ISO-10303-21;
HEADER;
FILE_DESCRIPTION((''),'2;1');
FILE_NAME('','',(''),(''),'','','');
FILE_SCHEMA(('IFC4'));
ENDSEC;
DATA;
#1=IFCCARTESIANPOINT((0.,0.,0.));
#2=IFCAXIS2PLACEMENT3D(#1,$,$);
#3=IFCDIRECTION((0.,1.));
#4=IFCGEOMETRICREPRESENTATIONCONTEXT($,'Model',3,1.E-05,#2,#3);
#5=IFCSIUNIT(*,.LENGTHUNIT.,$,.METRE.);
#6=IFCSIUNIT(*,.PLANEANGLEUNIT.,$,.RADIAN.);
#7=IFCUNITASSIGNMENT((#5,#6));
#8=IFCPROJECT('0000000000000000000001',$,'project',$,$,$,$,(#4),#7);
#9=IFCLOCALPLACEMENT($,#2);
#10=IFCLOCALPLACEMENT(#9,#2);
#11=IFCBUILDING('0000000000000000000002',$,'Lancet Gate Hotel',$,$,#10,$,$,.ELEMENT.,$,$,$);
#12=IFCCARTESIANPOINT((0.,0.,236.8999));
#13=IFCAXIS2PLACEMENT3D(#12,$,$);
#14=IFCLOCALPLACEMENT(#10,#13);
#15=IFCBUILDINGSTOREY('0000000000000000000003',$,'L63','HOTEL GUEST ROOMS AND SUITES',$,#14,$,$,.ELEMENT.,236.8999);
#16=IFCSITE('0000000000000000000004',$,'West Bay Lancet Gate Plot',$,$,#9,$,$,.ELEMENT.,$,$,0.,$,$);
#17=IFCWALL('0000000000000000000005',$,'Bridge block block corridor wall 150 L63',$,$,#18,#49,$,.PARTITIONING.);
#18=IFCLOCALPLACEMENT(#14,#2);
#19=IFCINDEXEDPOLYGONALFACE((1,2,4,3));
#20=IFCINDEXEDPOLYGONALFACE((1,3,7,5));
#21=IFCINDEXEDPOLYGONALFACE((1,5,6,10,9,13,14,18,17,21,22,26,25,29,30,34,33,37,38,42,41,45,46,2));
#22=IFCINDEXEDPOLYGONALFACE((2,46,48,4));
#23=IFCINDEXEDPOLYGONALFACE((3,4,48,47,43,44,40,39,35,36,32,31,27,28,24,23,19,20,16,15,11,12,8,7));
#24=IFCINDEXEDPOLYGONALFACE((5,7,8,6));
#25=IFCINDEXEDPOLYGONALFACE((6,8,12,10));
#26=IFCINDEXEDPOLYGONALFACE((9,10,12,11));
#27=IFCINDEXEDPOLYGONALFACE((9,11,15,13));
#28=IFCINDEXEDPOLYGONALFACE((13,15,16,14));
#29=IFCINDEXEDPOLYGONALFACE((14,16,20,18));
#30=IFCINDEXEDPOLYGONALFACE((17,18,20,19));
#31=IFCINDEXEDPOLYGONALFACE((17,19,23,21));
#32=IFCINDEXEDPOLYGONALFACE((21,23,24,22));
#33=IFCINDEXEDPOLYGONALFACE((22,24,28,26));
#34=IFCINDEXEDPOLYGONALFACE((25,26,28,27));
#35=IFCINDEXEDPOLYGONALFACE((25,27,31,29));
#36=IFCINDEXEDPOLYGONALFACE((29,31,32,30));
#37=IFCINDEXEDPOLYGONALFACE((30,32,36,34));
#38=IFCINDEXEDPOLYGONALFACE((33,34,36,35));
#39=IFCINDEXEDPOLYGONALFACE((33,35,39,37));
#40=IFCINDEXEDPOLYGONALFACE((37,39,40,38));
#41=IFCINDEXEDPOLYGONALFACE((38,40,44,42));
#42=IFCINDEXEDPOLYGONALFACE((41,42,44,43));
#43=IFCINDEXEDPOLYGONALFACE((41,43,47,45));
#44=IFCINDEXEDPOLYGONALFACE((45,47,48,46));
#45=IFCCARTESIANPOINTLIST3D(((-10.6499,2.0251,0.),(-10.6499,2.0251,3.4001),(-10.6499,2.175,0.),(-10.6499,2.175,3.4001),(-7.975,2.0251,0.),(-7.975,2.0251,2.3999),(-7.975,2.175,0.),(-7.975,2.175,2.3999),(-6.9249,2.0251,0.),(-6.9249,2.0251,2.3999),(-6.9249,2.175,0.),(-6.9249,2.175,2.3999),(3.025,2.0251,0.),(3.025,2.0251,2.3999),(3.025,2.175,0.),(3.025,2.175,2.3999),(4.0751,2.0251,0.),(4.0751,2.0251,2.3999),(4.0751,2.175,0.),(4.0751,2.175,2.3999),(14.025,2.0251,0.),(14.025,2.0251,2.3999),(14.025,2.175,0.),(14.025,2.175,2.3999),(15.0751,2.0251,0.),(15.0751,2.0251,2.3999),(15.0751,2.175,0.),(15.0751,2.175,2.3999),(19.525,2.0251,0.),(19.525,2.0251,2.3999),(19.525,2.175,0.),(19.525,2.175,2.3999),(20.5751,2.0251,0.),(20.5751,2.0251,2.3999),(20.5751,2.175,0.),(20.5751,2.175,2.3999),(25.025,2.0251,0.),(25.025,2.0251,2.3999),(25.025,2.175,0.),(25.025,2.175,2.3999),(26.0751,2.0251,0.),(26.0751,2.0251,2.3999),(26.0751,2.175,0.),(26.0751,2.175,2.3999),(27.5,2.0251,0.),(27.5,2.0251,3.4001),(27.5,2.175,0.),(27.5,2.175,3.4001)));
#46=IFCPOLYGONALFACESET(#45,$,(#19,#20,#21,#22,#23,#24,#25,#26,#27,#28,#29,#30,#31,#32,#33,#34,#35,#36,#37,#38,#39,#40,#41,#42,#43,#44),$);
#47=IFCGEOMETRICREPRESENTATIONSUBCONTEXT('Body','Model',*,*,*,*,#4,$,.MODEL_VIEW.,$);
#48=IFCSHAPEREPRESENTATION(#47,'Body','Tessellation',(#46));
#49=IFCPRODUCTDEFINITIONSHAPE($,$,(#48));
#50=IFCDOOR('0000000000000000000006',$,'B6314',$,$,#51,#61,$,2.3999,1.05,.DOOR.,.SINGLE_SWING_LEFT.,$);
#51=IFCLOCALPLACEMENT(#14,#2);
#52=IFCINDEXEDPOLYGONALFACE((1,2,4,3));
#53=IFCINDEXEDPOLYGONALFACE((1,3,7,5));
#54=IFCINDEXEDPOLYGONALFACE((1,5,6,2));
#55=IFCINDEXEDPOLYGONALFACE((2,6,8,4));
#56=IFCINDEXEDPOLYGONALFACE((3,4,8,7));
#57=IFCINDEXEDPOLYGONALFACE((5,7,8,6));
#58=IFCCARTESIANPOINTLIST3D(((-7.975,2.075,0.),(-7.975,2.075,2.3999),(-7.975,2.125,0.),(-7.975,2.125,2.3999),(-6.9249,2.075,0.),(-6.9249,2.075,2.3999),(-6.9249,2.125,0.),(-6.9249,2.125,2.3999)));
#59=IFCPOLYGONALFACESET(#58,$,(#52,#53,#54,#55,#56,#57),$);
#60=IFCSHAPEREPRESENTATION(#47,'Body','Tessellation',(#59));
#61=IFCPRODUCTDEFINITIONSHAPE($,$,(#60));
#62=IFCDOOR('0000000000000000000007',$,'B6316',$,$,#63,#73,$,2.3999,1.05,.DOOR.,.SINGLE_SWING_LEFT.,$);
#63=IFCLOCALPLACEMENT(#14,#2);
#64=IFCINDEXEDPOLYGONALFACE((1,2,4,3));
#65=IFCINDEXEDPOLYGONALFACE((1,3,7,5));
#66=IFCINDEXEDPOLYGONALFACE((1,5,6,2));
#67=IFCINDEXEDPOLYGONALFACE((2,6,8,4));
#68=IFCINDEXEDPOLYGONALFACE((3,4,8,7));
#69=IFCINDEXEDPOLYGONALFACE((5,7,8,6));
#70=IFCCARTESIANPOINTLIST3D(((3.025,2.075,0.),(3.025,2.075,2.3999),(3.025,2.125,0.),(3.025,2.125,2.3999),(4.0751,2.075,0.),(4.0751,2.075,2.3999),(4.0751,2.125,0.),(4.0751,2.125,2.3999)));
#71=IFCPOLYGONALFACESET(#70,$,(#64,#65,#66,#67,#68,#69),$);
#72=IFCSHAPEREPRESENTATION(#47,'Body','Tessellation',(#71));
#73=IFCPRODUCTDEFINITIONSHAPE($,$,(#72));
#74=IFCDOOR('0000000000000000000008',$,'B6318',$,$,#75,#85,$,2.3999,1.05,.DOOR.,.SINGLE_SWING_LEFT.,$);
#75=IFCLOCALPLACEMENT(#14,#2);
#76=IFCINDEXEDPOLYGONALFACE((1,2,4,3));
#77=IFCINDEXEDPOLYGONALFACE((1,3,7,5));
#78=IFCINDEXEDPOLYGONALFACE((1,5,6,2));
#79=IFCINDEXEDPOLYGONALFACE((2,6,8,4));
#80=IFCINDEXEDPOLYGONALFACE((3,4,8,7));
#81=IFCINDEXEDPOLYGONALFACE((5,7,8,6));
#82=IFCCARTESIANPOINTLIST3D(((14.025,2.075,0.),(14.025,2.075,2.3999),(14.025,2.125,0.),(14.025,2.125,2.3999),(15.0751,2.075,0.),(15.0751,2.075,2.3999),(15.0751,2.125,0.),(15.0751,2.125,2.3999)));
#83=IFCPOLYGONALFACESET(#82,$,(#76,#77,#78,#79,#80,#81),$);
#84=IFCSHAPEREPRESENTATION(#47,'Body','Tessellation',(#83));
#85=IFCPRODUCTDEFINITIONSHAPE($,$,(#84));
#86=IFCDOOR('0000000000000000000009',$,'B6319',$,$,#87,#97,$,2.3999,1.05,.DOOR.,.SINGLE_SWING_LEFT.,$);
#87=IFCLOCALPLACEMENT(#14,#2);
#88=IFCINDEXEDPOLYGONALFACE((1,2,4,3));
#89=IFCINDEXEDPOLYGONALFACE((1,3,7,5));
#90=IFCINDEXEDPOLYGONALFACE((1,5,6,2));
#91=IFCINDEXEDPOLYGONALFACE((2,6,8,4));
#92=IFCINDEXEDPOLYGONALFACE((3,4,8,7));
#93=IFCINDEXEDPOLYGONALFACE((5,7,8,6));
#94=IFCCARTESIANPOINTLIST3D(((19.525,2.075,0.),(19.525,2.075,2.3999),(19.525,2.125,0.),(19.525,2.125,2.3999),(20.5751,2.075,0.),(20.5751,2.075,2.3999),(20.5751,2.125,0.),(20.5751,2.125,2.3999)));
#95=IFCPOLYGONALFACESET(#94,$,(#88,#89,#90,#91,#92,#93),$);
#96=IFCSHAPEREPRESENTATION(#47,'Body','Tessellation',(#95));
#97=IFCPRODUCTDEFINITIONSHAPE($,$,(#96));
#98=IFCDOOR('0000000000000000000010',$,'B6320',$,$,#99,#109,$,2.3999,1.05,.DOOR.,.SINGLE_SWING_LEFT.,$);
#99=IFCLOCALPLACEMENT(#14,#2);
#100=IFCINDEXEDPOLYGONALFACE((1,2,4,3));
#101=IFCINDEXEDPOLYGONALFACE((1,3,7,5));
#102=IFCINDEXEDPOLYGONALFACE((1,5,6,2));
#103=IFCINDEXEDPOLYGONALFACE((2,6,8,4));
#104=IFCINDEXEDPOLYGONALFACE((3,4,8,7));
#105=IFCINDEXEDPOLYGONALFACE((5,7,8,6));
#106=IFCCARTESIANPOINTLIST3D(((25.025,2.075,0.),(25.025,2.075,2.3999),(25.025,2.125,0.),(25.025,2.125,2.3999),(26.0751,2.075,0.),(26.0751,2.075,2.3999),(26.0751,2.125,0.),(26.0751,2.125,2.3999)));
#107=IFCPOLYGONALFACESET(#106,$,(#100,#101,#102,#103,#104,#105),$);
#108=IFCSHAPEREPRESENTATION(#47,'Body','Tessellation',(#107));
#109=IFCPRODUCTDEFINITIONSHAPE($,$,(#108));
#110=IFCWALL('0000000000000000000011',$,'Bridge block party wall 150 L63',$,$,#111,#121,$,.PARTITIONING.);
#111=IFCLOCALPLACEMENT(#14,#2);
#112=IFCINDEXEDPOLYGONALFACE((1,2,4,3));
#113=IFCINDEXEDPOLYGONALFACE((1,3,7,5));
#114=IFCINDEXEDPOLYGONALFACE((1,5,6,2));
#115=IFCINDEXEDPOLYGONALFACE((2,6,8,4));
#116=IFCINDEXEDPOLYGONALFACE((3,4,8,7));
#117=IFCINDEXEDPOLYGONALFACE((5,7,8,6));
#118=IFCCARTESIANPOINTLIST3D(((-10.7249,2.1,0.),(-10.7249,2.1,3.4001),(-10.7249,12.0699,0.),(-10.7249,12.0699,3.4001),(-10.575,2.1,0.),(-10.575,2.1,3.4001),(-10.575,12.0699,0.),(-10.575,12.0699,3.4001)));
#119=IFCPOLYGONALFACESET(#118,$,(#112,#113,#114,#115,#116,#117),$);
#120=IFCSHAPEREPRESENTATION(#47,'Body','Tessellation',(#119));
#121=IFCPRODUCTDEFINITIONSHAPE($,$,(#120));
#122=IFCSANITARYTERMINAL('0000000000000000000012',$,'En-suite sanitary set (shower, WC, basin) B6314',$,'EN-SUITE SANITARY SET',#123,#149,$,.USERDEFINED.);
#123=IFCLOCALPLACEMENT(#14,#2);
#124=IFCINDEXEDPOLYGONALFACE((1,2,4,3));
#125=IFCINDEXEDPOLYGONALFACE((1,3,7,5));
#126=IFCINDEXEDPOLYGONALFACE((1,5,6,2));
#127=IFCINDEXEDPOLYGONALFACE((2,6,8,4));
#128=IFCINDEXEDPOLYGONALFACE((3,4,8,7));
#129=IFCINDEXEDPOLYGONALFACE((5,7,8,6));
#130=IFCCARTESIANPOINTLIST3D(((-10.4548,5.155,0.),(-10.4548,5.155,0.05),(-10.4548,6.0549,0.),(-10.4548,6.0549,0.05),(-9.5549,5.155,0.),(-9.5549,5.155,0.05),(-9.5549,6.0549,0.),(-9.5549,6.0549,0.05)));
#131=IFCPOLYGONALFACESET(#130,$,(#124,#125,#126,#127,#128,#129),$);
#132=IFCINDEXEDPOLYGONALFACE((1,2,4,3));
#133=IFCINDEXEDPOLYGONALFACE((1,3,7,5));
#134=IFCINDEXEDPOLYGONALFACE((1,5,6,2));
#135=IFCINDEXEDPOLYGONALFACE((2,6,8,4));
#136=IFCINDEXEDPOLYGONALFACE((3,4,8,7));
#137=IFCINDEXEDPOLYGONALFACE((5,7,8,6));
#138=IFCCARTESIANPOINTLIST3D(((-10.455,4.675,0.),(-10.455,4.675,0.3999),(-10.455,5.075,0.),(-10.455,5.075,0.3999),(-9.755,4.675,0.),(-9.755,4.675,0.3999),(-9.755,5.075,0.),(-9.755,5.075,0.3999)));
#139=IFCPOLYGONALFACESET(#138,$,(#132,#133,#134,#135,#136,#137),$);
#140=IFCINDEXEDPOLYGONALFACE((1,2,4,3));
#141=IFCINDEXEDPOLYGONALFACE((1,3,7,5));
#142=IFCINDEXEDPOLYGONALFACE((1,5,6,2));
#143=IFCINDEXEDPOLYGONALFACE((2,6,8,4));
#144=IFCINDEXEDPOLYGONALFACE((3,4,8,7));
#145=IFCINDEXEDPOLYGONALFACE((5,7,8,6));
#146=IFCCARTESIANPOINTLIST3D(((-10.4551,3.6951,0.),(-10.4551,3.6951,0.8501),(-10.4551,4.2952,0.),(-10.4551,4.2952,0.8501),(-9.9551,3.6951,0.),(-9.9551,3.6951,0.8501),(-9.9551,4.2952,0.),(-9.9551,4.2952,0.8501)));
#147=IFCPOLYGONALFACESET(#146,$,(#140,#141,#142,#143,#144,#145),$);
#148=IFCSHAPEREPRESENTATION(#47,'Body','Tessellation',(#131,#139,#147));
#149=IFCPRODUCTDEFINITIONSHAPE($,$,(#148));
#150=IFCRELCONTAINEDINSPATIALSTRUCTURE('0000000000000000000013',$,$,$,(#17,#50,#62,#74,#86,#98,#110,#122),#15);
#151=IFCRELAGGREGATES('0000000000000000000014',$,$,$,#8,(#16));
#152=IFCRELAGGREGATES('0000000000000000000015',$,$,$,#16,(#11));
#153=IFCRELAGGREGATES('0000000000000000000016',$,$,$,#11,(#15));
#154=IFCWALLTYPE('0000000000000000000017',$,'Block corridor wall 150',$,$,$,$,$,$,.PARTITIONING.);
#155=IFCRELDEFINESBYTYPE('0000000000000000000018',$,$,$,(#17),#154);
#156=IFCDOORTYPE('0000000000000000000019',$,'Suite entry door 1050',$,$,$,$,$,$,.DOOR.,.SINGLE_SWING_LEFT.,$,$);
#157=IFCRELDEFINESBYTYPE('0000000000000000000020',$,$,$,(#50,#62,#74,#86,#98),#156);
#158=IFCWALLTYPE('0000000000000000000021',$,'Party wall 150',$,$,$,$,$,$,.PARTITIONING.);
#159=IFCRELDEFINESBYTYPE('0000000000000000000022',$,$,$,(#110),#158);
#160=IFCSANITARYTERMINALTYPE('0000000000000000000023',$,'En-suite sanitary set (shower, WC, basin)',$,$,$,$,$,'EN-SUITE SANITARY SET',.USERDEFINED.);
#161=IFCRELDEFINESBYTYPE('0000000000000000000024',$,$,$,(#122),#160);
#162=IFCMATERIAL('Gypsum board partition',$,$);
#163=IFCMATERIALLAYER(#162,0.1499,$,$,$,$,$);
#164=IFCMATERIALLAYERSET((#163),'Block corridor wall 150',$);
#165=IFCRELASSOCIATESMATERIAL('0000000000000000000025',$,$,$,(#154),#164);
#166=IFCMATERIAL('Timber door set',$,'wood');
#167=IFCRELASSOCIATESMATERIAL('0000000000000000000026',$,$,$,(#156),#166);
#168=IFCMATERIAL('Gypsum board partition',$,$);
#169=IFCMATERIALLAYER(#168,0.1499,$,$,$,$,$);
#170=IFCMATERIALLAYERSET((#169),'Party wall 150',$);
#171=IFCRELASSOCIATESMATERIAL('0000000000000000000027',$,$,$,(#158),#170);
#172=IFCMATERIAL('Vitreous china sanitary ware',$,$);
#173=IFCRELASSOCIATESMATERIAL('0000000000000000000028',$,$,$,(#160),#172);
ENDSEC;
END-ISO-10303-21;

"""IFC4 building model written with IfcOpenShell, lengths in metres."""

from ifc_helpers import new_model, si_unit, direction, frame, frame_2d, origin, origin_2d, place, context, subcontext, project, spatial, rectangle, extrude, material, layer, layer_set, type_object, element, fill, save


model = new_model("IFC4")

# Units and contexts
model_context = context("Model", 3, precision=1e-05, world=origin(), true_north=direction((0.0, 1.0)))
body_context = subcontext(model_context, "Body", "Model", "MODEL_VIEW")
ifc_project = project(units=[si_unit("LENGTHUNIT", "METRE"), si_unit("PLANEANGLEUNIT", "RADIAN")], contexts=[model_context])

# Site, building, storey
site_placement = place(None, origin())
site = spatial("IfcSite", under=ifc_project, at=site_placement, Name="West Bay Lancet Gate Plot", CompositionType="ELEMENT", RefElevation=0.0)
building_placement = place(site_placement, origin())
building = spatial("IfcBuilding", under=site, at=building_placement, Name="Lancet Gate Hotel", CompositionType="ELEMENT")
storey_placement = place(building_placement, frame((0.0, 0.0, 236.8999)))
storey = spatial("IfcBuildingStorey", under=building, at=storey_placement, Name="L63", Description="HOTEL GUEST ROOMS AND SUITES", CompositionType="ELEMENT", Elevation=236.8999)

# Wall, openings, doors
ifc_material_1 = material(Name="Gypsum board partition")
ifc_layer_1 = layer(ifc_material_1, 0.1499)
ifc_layer_set_1 = layer_set([ifc_layer_1], Name="Block corridor wall 150")
wall_type_1 = type_object("IfcWallType", Name="Block corridor wall 150", PredefinedType="PARTITIONING", material=ifc_layer_set_1)
wall_1_placement = place(storey_placement, frame((-10.6499, 2.1001, 0.0), z_axis=(0.0, 0.0, 1.0), x_axis=(1.0, 0.0, 0.0)))
wall_1 = element("IfcWall", 1, at=wall_1_placement, inside=storey, type_object=wall_type_1, Name="Bridge block block corridor wall 150 L63", PredefinedType="PARTITIONING", context=body_context, shape_type="SweptSolid", body=[
    extrude(rectangle(XDim=38.1499, YDim=0.1499, at=frame_2d((19.075, 0.0))), origin(), (0.0, 0.0, 1.0), 3.4001),
])
opening_1_placement = place(wall_1_placement, frame((2.675, 0.0, 0.0)))
opening_1 = element("IfcOpeningElement", 2, at=opening_1_placement, cuts=wall_1, PredefinedType="OPENING", context=body_context, shape_type="SweptSolid", body=[
    extrude(rectangle(XDim=1.05, YDim=2.3999, at=frame_2d((0.5249, 1.2))), frame((0.0, 0.085, 0.0), z_axis=(0.0, -1.0, 0.0), x_axis=(1.0, 0.0, 0.0)), (0.0, 0.0, 1.0), 0.1699),
])
opening_2_placement = place(wall_1_placement, frame((13.675, 0.0, 0.0)))
opening_2 = element("IfcOpeningElement", 3, at=opening_2_placement, cuts=wall_1, PredefinedType="OPENING", context=body_context, shape_type="SweptSolid", body=[
    extrude(rectangle(XDim=1.05, YDim=2.3999, at=frame_2d((0.5249, 1.2))), frame((0.0, 0.085, 0.0), z_axis=(0.0, -1.0, 0.0), x_axis=(1.0, 0.0, 0.0)), (0.0, 0.0, 1.0), 0.1699),
])
opening_3_placement = place(wall_1_placement, frame((24.675, 0.0, 0.0)))
opening_3 = element("IfcOpeningElement", 4, at=opening_3_placement, cuts=wall_1, PredefinedType="OPENING", context=body_context, shape_type="SweptSolid", body=[
    extrude(rectangle(XDim=1.05, YDim=2.3999, at=frame_2d((0.5249, 1.2))), frame((0.0, 0.085, 0.0), z_axis=(0.0, -1.0, 0.0), x_axis=(1.0, 0.0, 0.0)), (0.0, 0.0, 1.0), 0.1699),
])
opening_4_placement = place(wall_1_placement, frame((30.175, 0.0, 0.0)))
opening_4 = element("IfcOpeningElement", 5, at=opening_4_placement, cuts=wall_1, PredefinedType="OPENING", context=body_context, shape_type="SweptSolid", body=[
    extrude(rectangle(XDim=1.05, YDim=2.3999, at=frame_2d((0.5249, 1.2))), frame((0.0, 0.085, 0.0), z_axis=(0.0, -1.0, 0.0), x_axis=(1.0, 0.0, 0.0)), (0.0, 0.0, 1.0), 0.1699),
])
opening_5_placement = place(wall_1_placement, frame((35.675, 0.0, 0.0)))
opening_5 = element("IfcOpeningElement", 6, at=opening_5_placement, cuts=wall_1, PredefinedType="OPENING", context=body_context, shape_type="SweptSolid", body=[
    extrude(rectangle(XDim=1.05, YDim=2.3999, at=frame_2d((0.5249, 1.2))), frame((0.0, 0.085, 0.0), z_axis=(0.0, -1.0, 0.0), x_axis=(1.0, 0.0, 0.0)), (0.0, 0.0, 1.0), 0.1699),
])
ifc_material_2 = material(Name="Timber door set", Category="wood")
door_type = type_object("IfcDoorType", Name="Suite entry door 1050", OperationType="SINGLE_SWING_LEFT", PredefinedType="DOOR", material=ifc_material_2)
door_1_placement = place(opening_1_placement, origin())
door_1 = element("IfcDoor", 7, at=door_1_placement, inside=storey, type_object=door_type, Name="B6314", OperationType="SINGLE_SWING_LEFT", OverallHeight=2.3999, OverallWidth=1.05, PredefinedType="DOOR", context=body_context, shape_type="SweptSolid", body=[
    extrude(rectangle(XDim=1.05, YDim=2.3999, at=frame_2d((0.5249, 1.2))), frame((0.0, 0.0249, 0.0), z_axis=(0.0, -1.0, 0.0), x_axis=(1.0, 0.0, 0.0)), (0.0, 0.0, 1.0), 0.05),
])
fill(opening_1, door_1)
door_2_placement = place(opening_2_placement, origin())
door_2 = element("IfcDoor", 8, at=door_2_placement, inside=storey, type_object=door_type, Name="B6316", OperationType="SINGLE_SWING_LEFT", OverallHeight=2.3999, OverallWidth=1.05, PredefinedType="DOOR", context=body_context, shape_type="SweptSolid", body=[
    extrude(rectangle(XDim=1.05, YDim=2.3999, at=frame_2d((0.5249, 1.2))), frame((0.0, 0.0249, 0.0), z_axis=(0.0, -1.0, 0.0), x_axis=(1.0, 0.0, 0.0)), (0.0, 0.0, 1.0), 0.05),
])
fill(opening_2, door_2)
door_3_placement = place(opening_3_placement, origin())
door_3 = element("IfcDoor", 9, at=door_3_placement, inside=storey, type_object=door_type, Name="B6318", OperationType="SINGLE_SWING_LEFT", OverallHeight=2.3999, OverallWidth=1.05, PredefinedType="DOOR", context=body_context, shape_type="SweptSolid", body=[
    extrude(rectangle(XDim=1.05, YDim=2.3999, at=frame_2d((0.5249, 1.2))), frame((0.0, 0.0249, 0.0), z_axis=(0.0, -1.0, 0.0), x_axis=(1.0, 0.0, 0.0)), (0.0, 0.0, 1.0), 0.05),
])
fill(opening_3, door_3)
door_4_placement = place(opening_4_placement, origin())
door_4 = element("IfcDoor", 10, at=door_4_placement, inside=storey, type_object=door_type, Name="B6319", OperationType="SINGLE_SWING_LEFT", OverallHeight=2.3999, OverallWidth=1.05, PredefinedType="DOOR", context=body_context, shape_type="SweptSolid", body=[
    extrude(rectangle(XDim=1.05, YDim=2.3999, at=frame_2d((0.5249, 1.2))), frame((0.0, 0.0249, 0.0), z_axis=(0.0, -1.0, 0.0), x_axis=(1.0, 0.0, 0.0)), (0.0, 0.0, 1.0), 0.05),
])
fill(opening_4, door_4)
door_5_placement = place(opening_5_placement, origin())
door_5 = element("IfcDoor", 11, at=door_5_placement, inside=storey, type_object=door_type, Name="B6320", OperationType="SINGLE_SWING_LEFT", OverallHeight=2.3999, OverallWidth=1.05, PredefinedType="DOOR", context=body_context, shape_type="SweptSolid", body=[
    extrude(rectangle(XDim=1.05, YDim=2.3999, at=frame_2d((0.5249, 1.2))), frame((0.0, 0.0249, 0.0), z_axis=(0.0, -1.0, 0.0), x_axis=(1.0, 0.0, 0.0)), (0.0, 0.0, 1.0), 0.05),
])
fill(opening_5, door_5)

# Wall
ifc_material_3 = material(Name="Gypsum board partition")
ifc_layer_2 = layer(ifc_material_3, 0.1499)
ifc_layer_set_2 = layer_set([ifc_layer_2], Name="Party wall 150")
wall_type_2 = type_object("IfcWallType", Name="Party wall 150", PredefinedType="PARTITIONING", material=ifc_layer_set_2)
wall_2_placement = place(storey_placement, frame((-10.6499, 2.1001, 0.0), z_axis=(0.0, 0.0, 1.0), x_axis=(0.0, 1.0, 0.0)))
element("IfcWall", 12, at=wall_2_placement, inside=storey, type_object=wall_type_2, Name="Bridge block party wall 150 L63", PredefinedType="PARTITIONING", context=body_context, shape_type="SweptSolid", body=[
    extrude(rectangle(XDim=9.97, YDim=0.1499, at=frame_2d((4.9849, 0.0))), origin(), (0.0, 0.0, 1.0), 3.4001),
])

# Sanitary terminal
ifc_material_4 = material(Name="Vitreous china sanitary ware")
sanitary_terminal_type = type_object("IfcSanitaryTerminalType", Name="En-suite sanitary set (shower, WC, basin)", ElementType="EN-SUITE SANITARY SET", PredefinedType="USERDEFINED", material=ifc_material_4)
sanitary_terminal_placement = place(storey_placement, frame((-10.0049, 5.605, 0.0), z_axis=(0.0, 0.0, 1.0), x_axis=(1.0, 0.0, 0.0)))
element("IfcSanitaryTerminal", 13, at=sanitary_terminal_placement, inside=storey, type_object=sanitary_terminal_type, Name="En-suite sanitary set (shower, WC, basin) B6314", ObjectType="EN-SUITE SANITARY SET", PredefinedType="USERDEFINED", context=body_context, shape_type="SweptSolid", body=[
    extrude(rectangle(XDim=0.8999, YDim=0.8999, at=origin_2d()), frame((0.0, 0.0, 0.0), z_axis=(0.0, 0.0, 1.0), x_axis=(0.0, 1.0, 0.0)), (0.0, 0.0, 1.0), 0.05),
    extrude(rectangle(XDim=0.3999, YDim=0.7, at=origin_2d()), frame((-0.1001, -0.73, 0.0), z_axis=(0.0, 0.0, 1.0), x_axis=(0.0, 1.0, 0.0)), (0.0, 0.0, 1.0), 0.3999),
    extrude(rectangle(XDim=0.6001, YDim=0.5, at=origin_2d()), frame((-0.2002, -1.6099, 0.0), z_axis=(0.0, 0.0, 1.0), x_axis=(0.0, 1.0, 0.0)), (0.0, 0.0, 1.0), 0.8501),
])

save(model, "model.ifc")
